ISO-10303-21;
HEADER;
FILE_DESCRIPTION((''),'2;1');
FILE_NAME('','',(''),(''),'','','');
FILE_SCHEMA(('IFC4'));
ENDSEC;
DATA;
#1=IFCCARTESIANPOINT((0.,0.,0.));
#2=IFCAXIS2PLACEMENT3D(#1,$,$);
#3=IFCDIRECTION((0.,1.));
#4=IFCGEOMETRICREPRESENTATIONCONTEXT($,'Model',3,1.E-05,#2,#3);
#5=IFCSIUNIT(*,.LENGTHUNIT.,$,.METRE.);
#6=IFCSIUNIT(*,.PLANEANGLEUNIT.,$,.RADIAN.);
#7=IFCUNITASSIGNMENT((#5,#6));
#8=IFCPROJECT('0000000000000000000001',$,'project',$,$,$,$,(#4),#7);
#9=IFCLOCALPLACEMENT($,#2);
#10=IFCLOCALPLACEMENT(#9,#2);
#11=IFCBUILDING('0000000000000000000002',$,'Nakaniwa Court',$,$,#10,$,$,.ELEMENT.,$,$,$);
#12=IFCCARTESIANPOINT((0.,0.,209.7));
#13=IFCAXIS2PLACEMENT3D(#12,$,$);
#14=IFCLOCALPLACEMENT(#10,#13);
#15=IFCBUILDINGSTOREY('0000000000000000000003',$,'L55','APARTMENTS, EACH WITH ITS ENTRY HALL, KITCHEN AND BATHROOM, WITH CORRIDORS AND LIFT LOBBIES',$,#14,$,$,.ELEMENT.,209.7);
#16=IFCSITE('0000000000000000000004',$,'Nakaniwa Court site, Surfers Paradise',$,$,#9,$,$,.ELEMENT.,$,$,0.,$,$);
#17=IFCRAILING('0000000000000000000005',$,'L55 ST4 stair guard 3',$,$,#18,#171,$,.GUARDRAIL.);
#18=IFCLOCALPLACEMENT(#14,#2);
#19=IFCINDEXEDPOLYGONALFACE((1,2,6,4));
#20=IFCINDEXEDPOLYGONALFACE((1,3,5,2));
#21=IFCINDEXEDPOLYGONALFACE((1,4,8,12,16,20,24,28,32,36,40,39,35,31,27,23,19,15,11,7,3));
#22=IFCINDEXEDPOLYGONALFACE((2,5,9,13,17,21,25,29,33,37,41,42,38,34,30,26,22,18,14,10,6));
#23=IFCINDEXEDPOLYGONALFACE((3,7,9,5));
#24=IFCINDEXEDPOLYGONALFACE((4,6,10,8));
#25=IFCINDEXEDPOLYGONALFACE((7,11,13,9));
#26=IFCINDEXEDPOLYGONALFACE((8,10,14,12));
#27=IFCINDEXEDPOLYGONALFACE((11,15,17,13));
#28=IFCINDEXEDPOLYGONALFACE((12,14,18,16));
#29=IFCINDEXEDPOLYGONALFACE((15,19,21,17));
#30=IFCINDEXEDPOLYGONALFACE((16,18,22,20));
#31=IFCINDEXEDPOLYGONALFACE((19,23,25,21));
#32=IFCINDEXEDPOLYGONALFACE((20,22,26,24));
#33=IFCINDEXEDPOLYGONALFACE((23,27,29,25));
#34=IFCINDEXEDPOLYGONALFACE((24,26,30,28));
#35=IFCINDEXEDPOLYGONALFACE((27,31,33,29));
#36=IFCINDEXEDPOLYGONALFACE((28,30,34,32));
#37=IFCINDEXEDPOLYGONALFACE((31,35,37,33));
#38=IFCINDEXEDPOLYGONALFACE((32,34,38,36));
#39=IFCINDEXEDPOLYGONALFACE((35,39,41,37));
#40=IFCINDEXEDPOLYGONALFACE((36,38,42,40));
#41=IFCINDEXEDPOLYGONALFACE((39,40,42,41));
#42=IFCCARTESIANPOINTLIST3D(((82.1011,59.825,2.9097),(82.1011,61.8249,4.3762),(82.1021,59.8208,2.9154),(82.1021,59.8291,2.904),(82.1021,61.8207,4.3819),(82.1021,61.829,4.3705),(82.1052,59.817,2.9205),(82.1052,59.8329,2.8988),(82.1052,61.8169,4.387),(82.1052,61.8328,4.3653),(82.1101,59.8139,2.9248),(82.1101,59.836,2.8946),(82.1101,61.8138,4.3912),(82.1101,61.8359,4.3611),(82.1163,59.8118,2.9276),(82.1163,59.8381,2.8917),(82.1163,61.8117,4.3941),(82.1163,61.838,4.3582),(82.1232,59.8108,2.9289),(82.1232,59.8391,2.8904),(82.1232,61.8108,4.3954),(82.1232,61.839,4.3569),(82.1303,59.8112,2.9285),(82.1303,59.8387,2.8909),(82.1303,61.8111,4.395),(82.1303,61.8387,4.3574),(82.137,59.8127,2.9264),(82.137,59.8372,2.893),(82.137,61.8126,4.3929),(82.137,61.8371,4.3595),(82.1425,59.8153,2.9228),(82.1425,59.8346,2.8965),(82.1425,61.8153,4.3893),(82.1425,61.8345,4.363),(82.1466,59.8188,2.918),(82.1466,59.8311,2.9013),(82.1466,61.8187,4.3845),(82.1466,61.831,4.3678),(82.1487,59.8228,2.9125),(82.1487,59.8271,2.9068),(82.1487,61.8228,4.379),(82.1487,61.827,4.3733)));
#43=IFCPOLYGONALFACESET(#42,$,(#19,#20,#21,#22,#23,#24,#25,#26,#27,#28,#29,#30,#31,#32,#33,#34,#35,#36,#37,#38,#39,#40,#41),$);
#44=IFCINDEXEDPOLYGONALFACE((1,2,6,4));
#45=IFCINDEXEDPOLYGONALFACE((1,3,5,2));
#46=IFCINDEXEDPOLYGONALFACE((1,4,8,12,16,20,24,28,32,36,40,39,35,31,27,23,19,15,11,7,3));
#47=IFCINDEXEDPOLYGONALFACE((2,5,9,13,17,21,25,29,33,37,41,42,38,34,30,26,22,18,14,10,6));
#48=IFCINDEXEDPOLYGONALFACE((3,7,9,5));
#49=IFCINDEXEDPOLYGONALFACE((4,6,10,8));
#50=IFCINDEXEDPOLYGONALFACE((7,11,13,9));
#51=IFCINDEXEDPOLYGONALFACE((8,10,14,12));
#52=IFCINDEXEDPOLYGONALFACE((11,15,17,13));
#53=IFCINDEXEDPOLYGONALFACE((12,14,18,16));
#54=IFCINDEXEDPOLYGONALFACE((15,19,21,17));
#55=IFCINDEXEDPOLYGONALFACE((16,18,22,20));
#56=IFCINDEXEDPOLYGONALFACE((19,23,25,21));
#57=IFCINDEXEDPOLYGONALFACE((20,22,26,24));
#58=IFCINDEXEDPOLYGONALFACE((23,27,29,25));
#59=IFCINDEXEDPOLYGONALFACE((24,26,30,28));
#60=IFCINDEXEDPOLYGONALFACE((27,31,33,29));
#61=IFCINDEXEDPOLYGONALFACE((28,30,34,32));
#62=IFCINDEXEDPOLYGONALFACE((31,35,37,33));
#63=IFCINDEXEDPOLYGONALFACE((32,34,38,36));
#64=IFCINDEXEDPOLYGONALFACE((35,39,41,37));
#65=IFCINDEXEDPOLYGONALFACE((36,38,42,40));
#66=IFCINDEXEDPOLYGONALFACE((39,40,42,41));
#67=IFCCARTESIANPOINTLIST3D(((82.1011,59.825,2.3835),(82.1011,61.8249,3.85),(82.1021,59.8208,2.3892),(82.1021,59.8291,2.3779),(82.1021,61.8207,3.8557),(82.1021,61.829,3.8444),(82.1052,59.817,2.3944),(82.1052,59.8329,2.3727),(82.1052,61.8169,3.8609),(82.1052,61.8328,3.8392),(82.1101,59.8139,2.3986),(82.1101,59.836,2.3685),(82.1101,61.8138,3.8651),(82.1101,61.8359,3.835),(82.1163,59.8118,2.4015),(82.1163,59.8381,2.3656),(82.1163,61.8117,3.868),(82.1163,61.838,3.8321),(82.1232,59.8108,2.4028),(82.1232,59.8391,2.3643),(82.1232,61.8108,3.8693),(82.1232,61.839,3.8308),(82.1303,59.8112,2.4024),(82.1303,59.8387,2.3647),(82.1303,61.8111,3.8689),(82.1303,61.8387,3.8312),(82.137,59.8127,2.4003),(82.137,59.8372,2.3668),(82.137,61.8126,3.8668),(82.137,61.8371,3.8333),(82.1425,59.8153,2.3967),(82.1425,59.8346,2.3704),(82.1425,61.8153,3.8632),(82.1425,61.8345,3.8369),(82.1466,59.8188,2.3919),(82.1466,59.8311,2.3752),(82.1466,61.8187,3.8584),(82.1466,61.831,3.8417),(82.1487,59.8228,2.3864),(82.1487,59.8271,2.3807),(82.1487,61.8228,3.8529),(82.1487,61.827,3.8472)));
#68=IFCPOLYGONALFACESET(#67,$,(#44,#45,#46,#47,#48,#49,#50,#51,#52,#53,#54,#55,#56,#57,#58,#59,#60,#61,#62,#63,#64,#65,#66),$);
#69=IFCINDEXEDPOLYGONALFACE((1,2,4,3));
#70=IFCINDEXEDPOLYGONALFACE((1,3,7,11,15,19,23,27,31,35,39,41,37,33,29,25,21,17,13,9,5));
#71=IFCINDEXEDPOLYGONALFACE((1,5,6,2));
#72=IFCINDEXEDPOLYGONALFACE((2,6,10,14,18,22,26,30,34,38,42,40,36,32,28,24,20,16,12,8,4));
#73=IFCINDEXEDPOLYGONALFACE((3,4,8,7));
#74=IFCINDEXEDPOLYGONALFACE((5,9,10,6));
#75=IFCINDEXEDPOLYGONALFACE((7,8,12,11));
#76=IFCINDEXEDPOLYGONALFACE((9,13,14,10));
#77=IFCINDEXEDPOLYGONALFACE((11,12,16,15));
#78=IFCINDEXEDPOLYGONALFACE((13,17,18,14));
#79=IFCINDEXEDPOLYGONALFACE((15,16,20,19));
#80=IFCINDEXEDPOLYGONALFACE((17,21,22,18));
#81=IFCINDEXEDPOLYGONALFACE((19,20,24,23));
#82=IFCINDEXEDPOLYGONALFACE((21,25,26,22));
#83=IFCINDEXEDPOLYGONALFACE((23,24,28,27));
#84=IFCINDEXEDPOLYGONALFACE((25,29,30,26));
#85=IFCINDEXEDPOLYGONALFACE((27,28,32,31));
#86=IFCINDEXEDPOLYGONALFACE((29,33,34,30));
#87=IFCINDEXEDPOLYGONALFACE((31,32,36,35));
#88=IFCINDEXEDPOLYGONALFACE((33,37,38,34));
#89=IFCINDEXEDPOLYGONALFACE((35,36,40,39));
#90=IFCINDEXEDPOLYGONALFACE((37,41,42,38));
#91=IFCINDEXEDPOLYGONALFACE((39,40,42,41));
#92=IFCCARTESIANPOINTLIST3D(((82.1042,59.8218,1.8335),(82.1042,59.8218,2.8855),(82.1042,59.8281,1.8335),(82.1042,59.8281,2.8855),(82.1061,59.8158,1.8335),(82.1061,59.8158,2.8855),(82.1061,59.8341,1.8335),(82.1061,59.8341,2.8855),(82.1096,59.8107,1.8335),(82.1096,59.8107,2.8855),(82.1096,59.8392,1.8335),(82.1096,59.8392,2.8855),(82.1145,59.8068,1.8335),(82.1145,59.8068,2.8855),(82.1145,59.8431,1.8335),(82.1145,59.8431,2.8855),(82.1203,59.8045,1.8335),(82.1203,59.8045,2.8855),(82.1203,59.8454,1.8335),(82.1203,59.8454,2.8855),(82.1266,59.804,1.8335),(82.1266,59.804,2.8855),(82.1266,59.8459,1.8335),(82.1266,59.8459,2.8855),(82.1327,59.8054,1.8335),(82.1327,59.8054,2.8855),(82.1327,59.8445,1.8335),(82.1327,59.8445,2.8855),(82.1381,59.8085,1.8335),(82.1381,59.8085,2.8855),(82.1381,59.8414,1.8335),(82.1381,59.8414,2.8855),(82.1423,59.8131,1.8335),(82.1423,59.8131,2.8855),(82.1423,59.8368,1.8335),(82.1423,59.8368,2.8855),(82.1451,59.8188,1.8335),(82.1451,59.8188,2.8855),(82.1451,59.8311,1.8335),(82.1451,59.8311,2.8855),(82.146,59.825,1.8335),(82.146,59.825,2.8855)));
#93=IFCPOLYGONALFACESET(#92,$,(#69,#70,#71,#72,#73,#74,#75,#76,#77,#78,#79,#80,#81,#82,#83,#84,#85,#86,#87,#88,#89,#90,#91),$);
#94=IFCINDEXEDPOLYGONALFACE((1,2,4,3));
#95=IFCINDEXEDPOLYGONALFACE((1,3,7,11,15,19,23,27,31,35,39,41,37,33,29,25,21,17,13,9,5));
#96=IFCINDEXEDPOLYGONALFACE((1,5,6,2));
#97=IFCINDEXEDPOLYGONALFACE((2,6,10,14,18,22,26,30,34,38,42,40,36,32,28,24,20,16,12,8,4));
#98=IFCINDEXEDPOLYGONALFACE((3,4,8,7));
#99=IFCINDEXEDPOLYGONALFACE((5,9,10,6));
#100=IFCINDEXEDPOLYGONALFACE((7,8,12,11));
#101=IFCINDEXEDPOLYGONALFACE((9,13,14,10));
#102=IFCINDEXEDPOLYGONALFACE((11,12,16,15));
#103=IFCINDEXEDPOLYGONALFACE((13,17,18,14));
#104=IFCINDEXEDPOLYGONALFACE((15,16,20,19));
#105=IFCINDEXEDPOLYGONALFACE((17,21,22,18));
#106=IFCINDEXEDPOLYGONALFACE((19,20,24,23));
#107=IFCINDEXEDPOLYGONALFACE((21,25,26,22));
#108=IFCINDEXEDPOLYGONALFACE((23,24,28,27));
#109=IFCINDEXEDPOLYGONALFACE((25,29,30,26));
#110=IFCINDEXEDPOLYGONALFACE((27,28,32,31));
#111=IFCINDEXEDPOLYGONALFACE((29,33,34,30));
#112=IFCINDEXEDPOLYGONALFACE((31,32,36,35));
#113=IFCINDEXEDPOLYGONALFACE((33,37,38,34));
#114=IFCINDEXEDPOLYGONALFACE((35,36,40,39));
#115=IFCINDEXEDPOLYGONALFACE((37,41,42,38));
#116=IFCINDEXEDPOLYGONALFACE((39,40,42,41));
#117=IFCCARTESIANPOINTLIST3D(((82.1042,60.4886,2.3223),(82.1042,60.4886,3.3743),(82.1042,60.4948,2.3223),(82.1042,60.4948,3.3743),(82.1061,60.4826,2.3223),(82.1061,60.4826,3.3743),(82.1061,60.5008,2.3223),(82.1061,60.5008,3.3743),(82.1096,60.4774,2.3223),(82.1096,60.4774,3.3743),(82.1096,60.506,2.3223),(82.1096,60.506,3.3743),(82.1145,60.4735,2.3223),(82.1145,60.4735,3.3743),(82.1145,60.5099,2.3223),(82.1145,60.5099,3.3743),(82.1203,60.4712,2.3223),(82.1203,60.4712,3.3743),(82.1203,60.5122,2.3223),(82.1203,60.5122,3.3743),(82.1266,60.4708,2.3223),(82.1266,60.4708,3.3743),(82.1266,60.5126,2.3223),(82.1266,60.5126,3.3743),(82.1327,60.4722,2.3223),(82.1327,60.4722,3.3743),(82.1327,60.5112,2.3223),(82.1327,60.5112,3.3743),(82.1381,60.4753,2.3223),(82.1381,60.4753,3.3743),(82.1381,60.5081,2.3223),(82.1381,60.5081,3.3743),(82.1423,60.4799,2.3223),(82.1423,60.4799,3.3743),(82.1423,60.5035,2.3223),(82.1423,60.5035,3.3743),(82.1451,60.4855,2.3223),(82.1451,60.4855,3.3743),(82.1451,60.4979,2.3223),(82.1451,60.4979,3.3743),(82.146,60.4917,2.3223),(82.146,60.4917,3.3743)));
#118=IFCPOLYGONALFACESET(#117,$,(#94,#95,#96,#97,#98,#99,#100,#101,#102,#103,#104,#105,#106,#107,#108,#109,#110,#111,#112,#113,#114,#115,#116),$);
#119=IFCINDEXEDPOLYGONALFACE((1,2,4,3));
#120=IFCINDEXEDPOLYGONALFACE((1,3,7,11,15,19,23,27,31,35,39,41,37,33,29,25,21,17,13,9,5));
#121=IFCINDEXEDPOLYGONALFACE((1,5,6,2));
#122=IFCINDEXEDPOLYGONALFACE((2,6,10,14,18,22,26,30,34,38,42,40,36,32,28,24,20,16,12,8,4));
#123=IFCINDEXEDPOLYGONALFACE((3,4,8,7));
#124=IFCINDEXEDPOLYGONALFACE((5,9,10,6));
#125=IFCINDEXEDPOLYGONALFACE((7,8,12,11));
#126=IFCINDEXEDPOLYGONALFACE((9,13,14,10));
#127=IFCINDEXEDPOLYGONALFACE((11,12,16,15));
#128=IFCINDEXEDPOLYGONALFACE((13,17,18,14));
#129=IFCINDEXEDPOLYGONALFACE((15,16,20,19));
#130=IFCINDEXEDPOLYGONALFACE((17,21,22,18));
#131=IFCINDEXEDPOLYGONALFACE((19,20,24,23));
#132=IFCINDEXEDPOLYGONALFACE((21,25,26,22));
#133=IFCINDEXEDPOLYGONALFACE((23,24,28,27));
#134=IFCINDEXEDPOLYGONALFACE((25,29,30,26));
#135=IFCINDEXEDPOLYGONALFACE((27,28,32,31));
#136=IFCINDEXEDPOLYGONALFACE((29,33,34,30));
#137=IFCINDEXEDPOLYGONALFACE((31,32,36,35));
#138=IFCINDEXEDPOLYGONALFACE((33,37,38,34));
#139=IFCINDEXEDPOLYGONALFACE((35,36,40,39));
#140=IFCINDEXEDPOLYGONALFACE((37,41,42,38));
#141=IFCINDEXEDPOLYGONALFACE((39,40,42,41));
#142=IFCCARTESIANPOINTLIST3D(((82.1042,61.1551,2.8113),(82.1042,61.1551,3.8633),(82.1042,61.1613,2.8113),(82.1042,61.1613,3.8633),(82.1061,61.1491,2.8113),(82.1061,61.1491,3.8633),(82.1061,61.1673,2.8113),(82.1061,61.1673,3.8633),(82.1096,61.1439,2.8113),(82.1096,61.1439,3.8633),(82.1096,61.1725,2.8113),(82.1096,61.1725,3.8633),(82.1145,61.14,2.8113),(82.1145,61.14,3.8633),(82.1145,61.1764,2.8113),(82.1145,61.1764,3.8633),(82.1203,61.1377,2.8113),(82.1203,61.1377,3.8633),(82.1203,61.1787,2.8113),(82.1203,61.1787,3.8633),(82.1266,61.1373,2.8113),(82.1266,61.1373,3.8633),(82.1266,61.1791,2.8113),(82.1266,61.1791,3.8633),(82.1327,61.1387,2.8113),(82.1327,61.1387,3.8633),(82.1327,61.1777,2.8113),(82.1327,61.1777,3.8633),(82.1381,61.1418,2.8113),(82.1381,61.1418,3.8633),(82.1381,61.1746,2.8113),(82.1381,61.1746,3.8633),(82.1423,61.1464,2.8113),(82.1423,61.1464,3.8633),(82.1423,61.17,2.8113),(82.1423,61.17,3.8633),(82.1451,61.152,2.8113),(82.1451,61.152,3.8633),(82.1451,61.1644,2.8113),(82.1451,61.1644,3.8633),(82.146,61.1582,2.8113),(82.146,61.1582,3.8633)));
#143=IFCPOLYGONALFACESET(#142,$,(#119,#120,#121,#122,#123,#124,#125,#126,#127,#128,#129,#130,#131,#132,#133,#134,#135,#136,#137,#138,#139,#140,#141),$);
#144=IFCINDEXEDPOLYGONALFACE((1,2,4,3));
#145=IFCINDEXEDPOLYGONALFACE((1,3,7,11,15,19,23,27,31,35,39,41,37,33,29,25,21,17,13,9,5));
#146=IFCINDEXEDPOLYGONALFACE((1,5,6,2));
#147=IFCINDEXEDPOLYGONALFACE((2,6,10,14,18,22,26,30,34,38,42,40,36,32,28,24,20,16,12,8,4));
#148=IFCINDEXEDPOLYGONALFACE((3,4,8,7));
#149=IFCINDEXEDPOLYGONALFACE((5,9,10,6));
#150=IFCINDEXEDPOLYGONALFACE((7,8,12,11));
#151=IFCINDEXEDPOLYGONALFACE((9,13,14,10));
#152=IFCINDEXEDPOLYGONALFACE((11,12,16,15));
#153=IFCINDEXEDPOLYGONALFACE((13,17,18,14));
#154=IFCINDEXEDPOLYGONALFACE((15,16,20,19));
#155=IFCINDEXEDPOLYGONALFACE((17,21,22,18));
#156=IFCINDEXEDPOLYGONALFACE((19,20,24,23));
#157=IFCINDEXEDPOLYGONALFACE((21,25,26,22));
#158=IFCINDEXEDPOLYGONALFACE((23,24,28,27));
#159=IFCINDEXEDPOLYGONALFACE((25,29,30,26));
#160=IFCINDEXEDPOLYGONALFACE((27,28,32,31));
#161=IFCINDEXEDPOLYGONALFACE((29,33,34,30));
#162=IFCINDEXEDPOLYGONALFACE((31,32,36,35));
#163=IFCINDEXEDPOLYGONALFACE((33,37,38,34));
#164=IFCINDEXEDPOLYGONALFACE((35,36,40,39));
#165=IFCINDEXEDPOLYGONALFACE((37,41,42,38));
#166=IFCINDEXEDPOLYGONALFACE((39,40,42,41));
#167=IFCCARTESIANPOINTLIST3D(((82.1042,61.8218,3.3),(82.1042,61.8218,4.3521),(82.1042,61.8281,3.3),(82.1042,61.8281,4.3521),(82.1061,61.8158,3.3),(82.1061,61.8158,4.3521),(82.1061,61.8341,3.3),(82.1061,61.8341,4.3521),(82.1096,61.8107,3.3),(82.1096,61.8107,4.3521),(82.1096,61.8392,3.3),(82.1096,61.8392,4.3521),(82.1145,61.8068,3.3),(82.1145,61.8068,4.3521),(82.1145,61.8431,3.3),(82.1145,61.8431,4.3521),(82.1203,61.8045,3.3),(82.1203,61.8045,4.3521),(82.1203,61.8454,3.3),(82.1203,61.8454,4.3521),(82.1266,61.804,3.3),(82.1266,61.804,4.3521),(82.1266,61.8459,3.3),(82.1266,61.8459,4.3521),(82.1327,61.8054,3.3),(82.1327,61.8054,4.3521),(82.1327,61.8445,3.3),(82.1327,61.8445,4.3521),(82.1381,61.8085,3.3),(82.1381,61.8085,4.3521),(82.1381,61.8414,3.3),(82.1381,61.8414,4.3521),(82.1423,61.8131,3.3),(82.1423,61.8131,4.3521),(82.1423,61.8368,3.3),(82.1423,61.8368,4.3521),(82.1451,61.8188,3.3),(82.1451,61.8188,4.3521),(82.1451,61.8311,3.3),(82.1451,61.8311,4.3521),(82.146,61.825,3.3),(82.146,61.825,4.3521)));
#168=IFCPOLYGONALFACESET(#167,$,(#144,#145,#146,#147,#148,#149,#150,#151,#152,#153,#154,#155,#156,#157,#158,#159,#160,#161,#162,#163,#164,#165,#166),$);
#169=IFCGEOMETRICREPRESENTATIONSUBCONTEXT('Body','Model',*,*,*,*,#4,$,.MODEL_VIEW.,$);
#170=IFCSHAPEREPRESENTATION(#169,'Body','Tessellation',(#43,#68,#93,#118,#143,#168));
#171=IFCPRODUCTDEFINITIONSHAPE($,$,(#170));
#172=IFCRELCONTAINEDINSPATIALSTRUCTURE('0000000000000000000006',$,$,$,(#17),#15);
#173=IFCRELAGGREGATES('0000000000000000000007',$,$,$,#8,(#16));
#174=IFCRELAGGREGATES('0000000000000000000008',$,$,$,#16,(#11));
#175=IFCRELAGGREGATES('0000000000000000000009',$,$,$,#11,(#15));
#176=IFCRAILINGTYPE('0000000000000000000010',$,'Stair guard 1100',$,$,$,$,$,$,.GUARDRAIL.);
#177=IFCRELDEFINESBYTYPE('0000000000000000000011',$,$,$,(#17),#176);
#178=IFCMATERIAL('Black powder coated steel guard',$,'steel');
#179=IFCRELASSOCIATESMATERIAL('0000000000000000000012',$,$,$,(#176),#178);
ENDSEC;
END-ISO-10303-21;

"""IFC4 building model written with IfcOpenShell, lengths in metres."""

from ifc_helpers import new_model, si_unit, direction, frame, origin, origin_2d, place, context, subcontext, project, spatial, circle, extrude, material, type_object, element, save


model = new_model("IFC4")

# Units and contexts
model_context = context("Model", 3, precision=1e-05, world=origin(), true_north=direction((0.0, 1.0)))
body_context = subcontext(model_context, "Body", "Model", "MODEL_VIEW")
ifc_project = project(units=[si_unit("LENGTHUNIT", "METRE"), si_unit("PLANEANGLEUNIT", "RADIAN")], contexts=[model_context])

# Site, building, storey
site_placement = place(None, origin())
site = spatial("IfcSite", under=ifc_project, at=site_placement, Name="Nakaniwa Court site, Surfers Paradise", CompositionType="ELEMENT", RefElevation=0.0)
building_placement = place(site_placement, origin())
building = spatial("IfcBuilding", under=site, at=building_placement, Name="Nakaniwa Court", CompositionType="ELEMENT")
storey_placement = place(building_placement, frame((0.0, 0.0, 209.7)))
storey = spatial("IfcBuildingStorey", under=building, at=storey_placement, Name="L55", Description="APARTMENTS, EACH WITH ITS ENTRY HALL, KITCHEN AND BATHROOM, WITH CORRIDORS AND LIFT LOBBIES", CompositionType="ELEMENT", Elevation=209.7)

# Railing
ifc_material_1 = material(Name="Black powder coated steel guard", Category="steel")
railing_type_1 = type_object("IfcRailingType", Name="Stair guard 1100", PredefinedType="GUARDRAIL", material=ifc_material_1)
railing_1_placement = place(storey_placement, frame((82.125, 59.825, 1.8335)))
element("IfcRailing", 1, at=railing_1_placement, inside=storey, type_object=railing_type_1, Name="L55 ST4 stair guard 3", PredefinedType="GUARDRAIL", context=body_context, shape_type="SweptSolid", body=[
    extrude(circle(Radius=0.0239, at=origin_2d()), frame((0.0, 0.0, 1.0762), z_axis=(0.0, 0.806427, 0.591334), x_axis=(-1.0, 0.0, 0.0)), (0.0, 0.0, 1.0), 2.48),
    extrude(circle(Radius=0.0239, at=origin_2d()), frame((0.0, 0.0, 0.55), z_axis=(0.0, 0.806427, 0.591334), x_axis=(-1.0, 0.0, 0.0)), (0.0, 0.0, 1.0), 2.48),
    extrude(circle(Radius=0.021, at=origin_2d()), origin(), (0.0, 0.0, 1.0), 1.052),
    extrude(circle(Radius=0.021, at=origin_2d()), frame((0.0, 0.6667, 0.4888)), (0.0, 0.0, 1.0), 1.052),
    extrude(circle(Radius=0.021, at=origin_2d()), frame((0.0, 1.3333, 0.9778)), (0.0, 0.0, 1.0), 1.052),
    extrude(circle(Radius=0.021, at=origin_2d()), frame((0.0, 2.0, 1.4666)), (0.0, 0.0, 1.0), 1.052),
])

save(model, "model.ifc")
